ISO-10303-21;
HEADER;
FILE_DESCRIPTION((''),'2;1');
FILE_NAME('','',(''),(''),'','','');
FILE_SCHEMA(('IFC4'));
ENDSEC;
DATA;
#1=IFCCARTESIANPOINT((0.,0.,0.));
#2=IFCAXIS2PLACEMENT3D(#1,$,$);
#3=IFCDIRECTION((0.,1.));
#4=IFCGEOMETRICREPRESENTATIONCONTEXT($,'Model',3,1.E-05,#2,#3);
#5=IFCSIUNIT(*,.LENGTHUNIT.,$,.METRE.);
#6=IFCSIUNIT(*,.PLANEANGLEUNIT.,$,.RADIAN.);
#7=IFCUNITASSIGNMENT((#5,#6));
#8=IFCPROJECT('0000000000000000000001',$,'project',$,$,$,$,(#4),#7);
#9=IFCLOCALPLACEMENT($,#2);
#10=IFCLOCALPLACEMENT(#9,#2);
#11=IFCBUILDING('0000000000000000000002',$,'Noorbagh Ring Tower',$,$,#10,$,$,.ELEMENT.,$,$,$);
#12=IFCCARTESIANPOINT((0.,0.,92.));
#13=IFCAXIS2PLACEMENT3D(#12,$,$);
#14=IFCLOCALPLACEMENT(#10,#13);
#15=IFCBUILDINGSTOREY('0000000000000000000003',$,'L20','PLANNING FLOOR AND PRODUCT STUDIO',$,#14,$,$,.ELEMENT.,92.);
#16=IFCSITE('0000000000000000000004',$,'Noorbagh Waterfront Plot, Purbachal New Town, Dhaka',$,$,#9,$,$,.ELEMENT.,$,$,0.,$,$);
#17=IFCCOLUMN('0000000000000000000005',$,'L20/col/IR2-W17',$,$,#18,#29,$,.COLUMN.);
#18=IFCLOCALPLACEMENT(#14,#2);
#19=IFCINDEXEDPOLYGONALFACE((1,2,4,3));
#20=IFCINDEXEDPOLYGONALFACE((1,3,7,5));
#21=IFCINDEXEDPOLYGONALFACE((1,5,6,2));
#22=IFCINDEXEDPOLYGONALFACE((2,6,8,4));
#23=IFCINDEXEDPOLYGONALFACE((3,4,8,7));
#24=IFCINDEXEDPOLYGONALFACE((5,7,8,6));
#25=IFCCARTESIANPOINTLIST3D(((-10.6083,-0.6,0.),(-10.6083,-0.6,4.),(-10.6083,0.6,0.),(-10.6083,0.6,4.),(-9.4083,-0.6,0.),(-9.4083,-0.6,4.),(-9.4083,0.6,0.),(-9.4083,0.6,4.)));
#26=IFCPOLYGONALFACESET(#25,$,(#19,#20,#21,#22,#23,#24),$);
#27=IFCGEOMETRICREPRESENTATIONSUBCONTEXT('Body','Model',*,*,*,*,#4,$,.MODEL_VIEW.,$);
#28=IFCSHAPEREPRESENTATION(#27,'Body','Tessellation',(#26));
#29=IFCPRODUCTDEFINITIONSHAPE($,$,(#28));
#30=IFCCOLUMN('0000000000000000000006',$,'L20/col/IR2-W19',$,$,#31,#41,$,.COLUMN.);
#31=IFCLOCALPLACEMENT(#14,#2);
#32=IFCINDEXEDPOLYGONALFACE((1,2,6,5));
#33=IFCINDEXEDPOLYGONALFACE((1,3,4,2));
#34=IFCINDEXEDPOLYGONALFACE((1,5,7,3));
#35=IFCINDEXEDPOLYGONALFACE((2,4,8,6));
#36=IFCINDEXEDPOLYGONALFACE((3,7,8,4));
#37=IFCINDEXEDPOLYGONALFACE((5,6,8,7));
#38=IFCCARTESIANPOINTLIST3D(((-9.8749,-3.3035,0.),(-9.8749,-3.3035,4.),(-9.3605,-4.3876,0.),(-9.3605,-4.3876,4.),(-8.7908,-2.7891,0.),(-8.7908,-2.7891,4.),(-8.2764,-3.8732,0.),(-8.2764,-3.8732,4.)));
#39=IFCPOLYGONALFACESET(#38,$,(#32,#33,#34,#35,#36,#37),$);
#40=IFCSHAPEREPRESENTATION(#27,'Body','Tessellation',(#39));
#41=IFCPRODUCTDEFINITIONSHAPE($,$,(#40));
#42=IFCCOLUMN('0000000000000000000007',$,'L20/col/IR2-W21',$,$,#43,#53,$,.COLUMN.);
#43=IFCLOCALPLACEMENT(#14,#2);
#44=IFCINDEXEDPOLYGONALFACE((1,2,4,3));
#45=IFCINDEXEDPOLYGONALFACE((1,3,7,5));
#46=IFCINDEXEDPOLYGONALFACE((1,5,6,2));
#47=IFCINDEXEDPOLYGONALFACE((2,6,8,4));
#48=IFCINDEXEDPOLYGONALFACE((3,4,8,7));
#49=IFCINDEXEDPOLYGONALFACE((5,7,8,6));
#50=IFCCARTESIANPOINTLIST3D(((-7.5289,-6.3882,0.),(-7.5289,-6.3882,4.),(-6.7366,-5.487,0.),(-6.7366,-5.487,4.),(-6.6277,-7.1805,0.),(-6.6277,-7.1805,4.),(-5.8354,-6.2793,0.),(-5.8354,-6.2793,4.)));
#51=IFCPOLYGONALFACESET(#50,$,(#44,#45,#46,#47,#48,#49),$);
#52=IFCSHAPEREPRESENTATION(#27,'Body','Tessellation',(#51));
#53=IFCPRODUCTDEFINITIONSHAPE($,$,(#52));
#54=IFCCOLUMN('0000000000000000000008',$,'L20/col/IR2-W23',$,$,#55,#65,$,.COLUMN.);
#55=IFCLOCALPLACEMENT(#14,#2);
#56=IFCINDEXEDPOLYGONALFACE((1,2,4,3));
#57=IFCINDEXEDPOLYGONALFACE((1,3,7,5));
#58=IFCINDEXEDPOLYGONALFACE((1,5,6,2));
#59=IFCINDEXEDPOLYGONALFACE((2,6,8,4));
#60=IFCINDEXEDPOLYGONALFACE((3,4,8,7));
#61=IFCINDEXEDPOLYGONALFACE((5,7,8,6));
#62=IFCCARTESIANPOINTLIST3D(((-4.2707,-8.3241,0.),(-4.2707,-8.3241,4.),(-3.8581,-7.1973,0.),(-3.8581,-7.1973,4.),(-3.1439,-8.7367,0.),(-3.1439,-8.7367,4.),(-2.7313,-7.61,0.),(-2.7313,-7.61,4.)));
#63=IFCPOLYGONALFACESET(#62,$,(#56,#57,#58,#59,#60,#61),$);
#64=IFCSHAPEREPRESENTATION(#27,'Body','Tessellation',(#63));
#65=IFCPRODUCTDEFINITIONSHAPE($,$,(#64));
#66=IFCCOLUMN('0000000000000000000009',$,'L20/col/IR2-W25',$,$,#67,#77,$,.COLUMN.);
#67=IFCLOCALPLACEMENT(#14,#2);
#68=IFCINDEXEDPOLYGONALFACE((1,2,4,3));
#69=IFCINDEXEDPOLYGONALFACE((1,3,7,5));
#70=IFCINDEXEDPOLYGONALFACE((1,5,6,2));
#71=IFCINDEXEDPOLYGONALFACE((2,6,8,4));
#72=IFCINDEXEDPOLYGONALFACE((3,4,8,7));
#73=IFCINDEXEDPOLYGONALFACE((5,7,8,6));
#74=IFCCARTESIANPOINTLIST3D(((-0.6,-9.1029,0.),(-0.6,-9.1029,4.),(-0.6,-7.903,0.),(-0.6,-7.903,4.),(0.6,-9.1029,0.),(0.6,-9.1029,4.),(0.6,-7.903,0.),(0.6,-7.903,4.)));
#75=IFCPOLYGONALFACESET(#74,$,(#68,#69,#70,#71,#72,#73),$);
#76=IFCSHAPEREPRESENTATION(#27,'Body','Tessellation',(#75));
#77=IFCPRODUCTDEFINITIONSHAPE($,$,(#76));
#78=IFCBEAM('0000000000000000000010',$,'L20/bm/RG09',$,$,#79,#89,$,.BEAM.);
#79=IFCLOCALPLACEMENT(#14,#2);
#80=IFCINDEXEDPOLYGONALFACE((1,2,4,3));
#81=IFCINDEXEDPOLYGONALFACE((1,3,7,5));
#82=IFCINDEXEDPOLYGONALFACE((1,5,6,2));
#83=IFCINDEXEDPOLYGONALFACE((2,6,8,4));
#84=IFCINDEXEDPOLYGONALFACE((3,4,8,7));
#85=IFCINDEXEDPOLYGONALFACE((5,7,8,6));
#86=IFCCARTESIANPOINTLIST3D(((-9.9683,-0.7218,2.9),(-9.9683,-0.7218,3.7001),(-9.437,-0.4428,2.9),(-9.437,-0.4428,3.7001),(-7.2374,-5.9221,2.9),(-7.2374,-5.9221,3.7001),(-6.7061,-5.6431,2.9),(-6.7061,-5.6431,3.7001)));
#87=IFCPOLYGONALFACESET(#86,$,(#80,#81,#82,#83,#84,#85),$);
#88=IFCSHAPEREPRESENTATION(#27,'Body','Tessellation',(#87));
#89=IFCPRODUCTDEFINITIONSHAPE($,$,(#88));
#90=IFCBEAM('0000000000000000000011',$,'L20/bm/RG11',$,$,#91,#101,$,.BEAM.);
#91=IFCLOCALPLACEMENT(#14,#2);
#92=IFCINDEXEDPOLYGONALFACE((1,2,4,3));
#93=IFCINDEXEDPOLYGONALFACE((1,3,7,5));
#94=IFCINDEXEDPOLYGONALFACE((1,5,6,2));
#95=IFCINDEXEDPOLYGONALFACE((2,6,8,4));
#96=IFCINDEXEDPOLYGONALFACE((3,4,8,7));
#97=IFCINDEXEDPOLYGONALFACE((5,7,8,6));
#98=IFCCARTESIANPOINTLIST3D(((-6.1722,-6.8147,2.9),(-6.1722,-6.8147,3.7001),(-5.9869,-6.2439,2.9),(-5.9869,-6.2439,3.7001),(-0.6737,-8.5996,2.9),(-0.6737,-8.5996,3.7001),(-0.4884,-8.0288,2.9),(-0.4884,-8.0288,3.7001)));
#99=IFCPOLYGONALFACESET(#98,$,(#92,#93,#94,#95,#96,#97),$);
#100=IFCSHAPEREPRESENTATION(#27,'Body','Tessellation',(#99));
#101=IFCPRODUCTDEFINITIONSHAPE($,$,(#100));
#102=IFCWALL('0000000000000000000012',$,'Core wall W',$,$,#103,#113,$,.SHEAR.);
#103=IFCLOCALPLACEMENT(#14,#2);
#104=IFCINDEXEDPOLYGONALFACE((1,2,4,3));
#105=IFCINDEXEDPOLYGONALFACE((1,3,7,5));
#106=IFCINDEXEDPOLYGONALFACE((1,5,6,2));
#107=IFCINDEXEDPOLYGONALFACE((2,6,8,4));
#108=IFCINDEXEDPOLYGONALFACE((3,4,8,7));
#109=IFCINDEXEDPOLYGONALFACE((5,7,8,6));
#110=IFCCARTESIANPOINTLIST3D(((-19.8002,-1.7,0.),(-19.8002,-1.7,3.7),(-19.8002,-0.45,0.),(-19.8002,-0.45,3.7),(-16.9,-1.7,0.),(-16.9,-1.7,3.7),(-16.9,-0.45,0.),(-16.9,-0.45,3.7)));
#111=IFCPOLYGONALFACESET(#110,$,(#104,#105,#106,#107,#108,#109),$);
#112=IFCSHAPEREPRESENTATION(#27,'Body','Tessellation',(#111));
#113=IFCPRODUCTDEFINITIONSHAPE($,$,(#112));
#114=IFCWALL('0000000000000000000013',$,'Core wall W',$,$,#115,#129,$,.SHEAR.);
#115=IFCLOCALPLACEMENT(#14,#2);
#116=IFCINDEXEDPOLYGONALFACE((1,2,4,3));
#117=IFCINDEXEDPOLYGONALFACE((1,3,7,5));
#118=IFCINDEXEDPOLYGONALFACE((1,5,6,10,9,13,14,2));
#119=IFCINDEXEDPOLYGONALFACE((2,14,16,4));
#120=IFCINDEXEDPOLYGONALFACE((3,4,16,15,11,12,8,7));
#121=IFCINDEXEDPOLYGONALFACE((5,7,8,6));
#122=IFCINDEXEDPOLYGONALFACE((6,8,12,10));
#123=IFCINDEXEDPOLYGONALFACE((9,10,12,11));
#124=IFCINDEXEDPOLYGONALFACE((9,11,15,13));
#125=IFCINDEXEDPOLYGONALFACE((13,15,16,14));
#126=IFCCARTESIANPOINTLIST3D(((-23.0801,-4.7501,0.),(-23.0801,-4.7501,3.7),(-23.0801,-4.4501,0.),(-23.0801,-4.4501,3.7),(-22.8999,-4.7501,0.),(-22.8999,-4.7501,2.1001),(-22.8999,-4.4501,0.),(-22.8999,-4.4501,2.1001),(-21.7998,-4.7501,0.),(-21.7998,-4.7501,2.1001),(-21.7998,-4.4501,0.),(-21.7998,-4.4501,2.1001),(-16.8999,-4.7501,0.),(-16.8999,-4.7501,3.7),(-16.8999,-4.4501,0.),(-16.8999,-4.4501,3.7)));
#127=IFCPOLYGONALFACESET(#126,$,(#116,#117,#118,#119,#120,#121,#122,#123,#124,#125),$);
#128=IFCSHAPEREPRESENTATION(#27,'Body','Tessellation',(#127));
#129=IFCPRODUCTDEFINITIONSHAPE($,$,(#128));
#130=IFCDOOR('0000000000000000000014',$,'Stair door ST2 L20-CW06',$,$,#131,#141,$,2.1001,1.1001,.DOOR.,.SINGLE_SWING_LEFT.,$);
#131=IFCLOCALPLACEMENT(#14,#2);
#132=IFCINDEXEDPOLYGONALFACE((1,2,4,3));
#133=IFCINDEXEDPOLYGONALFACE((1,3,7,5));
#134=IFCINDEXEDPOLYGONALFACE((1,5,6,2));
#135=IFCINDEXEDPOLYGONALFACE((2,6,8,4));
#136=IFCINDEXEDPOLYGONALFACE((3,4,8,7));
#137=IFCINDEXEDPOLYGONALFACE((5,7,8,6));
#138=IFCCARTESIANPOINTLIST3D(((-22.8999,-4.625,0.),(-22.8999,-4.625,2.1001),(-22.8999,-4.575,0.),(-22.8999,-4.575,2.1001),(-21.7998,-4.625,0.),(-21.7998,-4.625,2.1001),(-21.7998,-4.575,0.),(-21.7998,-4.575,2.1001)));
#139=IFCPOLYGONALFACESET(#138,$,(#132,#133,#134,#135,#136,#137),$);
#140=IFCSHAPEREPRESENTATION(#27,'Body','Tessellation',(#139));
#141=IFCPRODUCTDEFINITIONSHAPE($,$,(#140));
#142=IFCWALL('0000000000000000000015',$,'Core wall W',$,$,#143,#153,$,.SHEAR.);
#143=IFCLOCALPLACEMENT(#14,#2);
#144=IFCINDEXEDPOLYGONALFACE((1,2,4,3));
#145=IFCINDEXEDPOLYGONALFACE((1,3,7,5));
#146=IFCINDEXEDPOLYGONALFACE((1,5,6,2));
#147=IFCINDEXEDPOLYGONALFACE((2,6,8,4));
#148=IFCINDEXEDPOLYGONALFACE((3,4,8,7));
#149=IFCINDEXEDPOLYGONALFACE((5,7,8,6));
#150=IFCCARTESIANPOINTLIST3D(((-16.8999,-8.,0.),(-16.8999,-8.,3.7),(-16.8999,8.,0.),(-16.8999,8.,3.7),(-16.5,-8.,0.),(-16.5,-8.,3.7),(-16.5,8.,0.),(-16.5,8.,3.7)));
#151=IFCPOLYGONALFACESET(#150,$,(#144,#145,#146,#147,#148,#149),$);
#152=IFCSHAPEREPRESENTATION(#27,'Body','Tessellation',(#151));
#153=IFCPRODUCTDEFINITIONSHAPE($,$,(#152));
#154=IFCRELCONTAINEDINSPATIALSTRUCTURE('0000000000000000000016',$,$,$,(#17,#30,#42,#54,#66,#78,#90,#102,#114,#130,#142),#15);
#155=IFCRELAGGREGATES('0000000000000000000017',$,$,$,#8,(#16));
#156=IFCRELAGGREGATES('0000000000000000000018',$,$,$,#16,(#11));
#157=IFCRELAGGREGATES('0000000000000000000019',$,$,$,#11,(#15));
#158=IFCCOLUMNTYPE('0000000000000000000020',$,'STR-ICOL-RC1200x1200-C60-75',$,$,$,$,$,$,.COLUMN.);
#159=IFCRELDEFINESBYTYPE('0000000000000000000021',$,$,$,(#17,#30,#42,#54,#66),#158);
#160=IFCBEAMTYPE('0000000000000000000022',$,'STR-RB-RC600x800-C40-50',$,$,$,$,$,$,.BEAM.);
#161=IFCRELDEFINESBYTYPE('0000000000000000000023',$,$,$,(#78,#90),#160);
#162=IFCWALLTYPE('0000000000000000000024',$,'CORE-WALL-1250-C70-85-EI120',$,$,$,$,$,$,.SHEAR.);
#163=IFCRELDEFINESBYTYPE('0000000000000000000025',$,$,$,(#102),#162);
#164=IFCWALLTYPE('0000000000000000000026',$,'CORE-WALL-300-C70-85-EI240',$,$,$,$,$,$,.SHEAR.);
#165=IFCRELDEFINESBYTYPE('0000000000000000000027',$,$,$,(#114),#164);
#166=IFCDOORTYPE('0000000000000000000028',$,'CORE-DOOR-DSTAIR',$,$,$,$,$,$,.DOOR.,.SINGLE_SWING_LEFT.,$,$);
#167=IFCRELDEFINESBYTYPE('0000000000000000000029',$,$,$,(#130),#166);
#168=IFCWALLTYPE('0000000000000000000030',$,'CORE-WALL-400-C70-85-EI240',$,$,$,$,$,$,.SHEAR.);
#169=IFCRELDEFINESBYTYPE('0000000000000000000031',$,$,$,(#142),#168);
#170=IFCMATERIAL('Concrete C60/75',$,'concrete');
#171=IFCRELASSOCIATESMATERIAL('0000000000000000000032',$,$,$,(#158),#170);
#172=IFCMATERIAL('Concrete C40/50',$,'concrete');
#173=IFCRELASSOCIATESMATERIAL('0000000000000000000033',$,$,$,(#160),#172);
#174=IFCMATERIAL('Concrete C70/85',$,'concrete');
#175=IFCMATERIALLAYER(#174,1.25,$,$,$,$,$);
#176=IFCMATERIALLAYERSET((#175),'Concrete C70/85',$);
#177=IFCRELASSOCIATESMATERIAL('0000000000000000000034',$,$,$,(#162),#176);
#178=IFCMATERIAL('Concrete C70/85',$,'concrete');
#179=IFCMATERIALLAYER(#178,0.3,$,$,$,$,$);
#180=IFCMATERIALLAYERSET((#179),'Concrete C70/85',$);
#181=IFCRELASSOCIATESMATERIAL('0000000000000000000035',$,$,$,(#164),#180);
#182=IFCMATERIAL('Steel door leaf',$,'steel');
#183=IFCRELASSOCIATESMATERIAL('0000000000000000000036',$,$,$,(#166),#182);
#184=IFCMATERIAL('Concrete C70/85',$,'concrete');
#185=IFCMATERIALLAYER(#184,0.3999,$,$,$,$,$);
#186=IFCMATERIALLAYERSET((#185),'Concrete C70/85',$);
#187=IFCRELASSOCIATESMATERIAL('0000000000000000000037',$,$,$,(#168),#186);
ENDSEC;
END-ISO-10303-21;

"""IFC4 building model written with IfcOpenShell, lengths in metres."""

from ifc_helpers import new_model, si_unit, direction, frame, frame_2d, origin, origin_2d, place, context, subcontext, project, spatial, rectangle, extrude, material, layer, layer_set, material_profile, profile_set, type_object, element, fill, save


model = new_model("IFC4")

# Units and contexts
model_context = context("Model", 3, precision=1e-05, world=origin(), true_north=direction((0.0, 1.0)))
body_context = subcontext(model_context, "Body", "Model", "MODEL_VIEW")
ifc_project = project(units=[si_unit("LENGTHUNIT", "METRE"), si_unit("PLANEANGLEUNIT", "RADIAN")], contexts=[model_context])

# Site, building, storey
site_placement = place(None, origin())
site = spatial("IfcSite", under=ifc_project, at=site_placement, Name="Noorbagh Waterfront Plot, Purbachal New Town, Dhaka", CompositionType="ELEMENT", RefElevation=0.0)
building_placement = place(site_placement, origin())
building = spatial("IfcBuilding", under=site, at=building_placement, Name="Noorbagh Ring Tower", CompositionType="ELEMENT")
storey_placement = place(building_placement, frame((0.0, 0.0, 92.0)))
storey = spatial("IfcBuildingStorey", under=building, at=storey_placement, Name="L20", Description="PLANNING FLOOR AND PRODUCT STUDIO", CompositionType="ELEMENT", Elevation=92.0)

# Columns
ifc_material_1 = material(Name="Concrete C60/75", Category="concrete")
ifc_material_profile_1 = material_profile(ifc_material_1, rectangle(XDim=1.2, YDim=1.2, at=origin_2d()), Name="RC1200x1200")
ifc_profile_set_1 = profile_set([ifc_material_profile_1], Name="Concrete C60/75")
column_type = type_object("IfcColumnType", Name="STR-ICOL-RC1200x1200-C60-75", PredefinedType="COLUMN", material=ifc_profile_set_1)
for number, where, z_axis, x_axis, name in (
    (1, (-10.0083, 0.0, 0.0), (0.0, 0.0, 1.0), (0.0, -1.0, 0.0), "L20/col/IR2-W17"),
    (2, (-9.0757, -3.5884, 0.0), (0.0, 0.0, 1.0), (0.428667, -0.903463, 0.0), "L20/col/IR2-W19"),
    (3, (-6.6821, -6.3337, 0.0), (0.0, 0.0, 1.0), (0.751022, -0.660277, 0.0), "L20/col/IR2-W21"),
    (4, (-3.501, -7.967, 0.0), (0.0, 0.0, 1.0), (0.93902, -0.343864, 0.0), "L20/col/IR2-W23"),
    (5, (0.0, -8.5029, 0.0), (0.0, 0.0, 1.0), (1.0, 0.0, 0.0), "L20/col/IR2-W25"),
):
    element("IfcColumn", number, at=place(storey_placement, frame(where, z_axis=z_axis, x_axis=x_axis)), inside=storey, type_object=column_type, Name=name, PredefinedType="COLUMN", context=body_context, shape_type="SweptSolid", body=[
        extrude(rectangle(XDim=1.2, YDim=1.2, at=origin_2d()), origin(), (0.0, 0.0, 1.0), 4.0),
    ])

# Beams
ifc_material_2 = material(Name="Concrete C40/50", Category="concrete")
ifc_material_profile_2 = material_profile(ifc_material_2, rectangle(XDim=0.6001, YDim=0.8, at=origin_2d()), Name="RC600x800")
ifc_profile_set_2 = profile_set([ifc_material_profile_2], Name="Concrete C40/50")
beam_type = type_object("IfcBeamType", Name="STR-RB-RC600x800-C40-50", PredefinedType="BEAM", material=ifc_profile_set_2)
beam_1_placement = place(storey_placement, frame((-9.7026, -0.5823, 3.3), z_axis=(0.464931, -0.885347, 0.0), x_axis=(0.885347, 0.464931, 0.0)))
element("IfcBeam", 6, at=beam_1_placement, inside=storey, type_object=beam_type, Name="L20/bm/RG09", PredefinedType="BEAM", context=body_context, shape_type="SweptSolid", body=[
    extrude(rectangle(XDim=0.6001, YDim=0.8, at=origin_2d()), origin(), (0.0, 0.0, 1.0), 5.8738),
])
beam_2_placement = place(storey_placement, frame((-6.0796, -6.5293, 3.3), z_axis=(0.951141, -0.308756, 0.0), x_axis=(0.308756, 0.951141, 0.0)))
element("IfcBeam", 7, at=beam_2_placement, inside=storey, type_object=beam_type, Name="L20/bm/RG11", PredefinedType="BEAM", context=body_context, shape_type="SweptSolid", body=[
    extrude(rectangle(XDim=0.6001, YDim=0.8, at=origin_2d()), origin(), (0.0, 0.0, 1.0), 5.781),
])

# Wall
ifc_material_3 = material(Name="Concrete C70/85", Category="concrete")
ifc_layer_1 = layer(ifc_material_3, 1.25)
ifc_layer_set_1 = layer_set([ifc_layer_1], Name="Concrete C70/85")
wall_type_1 = type_object("IfcWallType", Name="CORE-WALL-1250-C70-85-EI120", PredefinedType="SHEAR", material=ifc_layer_set_1)
wall_1_placement = place(storey_placement, frame((-16.8999, -1.075, 0.0), z_axis=(0.0, 0.0, 1.0), x_axis=(-1.0, 0.0, 0.0)))
element("IfcWall", 8, at=wall_1_placement, inside=storey, type_object=wall_type_1, Name="Core wall W", PredefinedType="SHEAR", context=body_context, shape_type="SweptSolid", body=[
    extrude(rectangle(XDim=2.9001, YDim=1.25, at=frame_2d((1.4502, 0.0))), origin(), (0.0, 0.0, 1.0), 3.7),
])

# Wall, opening, door
ifc_material_4 = material(Name="Concrete C70/85", Category="concrete")
ifc_layer_2 = layer(ifc_material_4, 0.3)
ifc_layer_set_2 = layer_set([ifc_layer_2], Name="Concrete C70/85")
wall_type_2 = type_object("IfcWallType", Name="CORE-WALL-300-C70-85-EI240", PredefinedType="SHEAR", material=ifc_layer_set_2)
wall_2_placement = place(storey_placement, frame((-16.8999, -4.6001, 0.0), z_axis=(0.0, 0.0, 1.0), x_axis=(-1.0, 0.0, 0.0)))
wall_2 = element("IfcWall", 9, at=wall_2_placement, inside=storey, type_object=wall_type_2, Name="Core wall W", PredefinedType="SHEAR", context=body_context, shape_type="SweptSolid", body=[
    extrude(rectangle(XDim=6.1802, YDim=0.3, at=frame_2d((3.0901, 0.0))), origin(), (0.0, 0.0, 1.0), 3.7),
])
opening_1_placement = place(wall_2_placement, frame((4.8999, 0.0, 0.0)))
opening_1 = element("IfcOpeningElement", 10, at=opening_1_placement, cuts=wall_2, PredefinedType="OPENING", context=body_context, shape_type="SweptSolid", body=[
    extrude(rectangle(XDim=1.1001, YDim=2.1001, at=frame_2d((0.55, 1.05))), frame((0.0, 0.1602, 0.0), z_axis=(0.0, -1.0, 0.0), x_axis=(1.0, 0.0, 0.0)), (0.0, 0.0, 1.0), 0.3201),
])
ifc_material_5 = material(Name="Steel door leaf", Category="steel")
door_type_1 = type_object("IfcDoorType", Name="CORE-DOOR-DSTAIR", OperationType="SINGLE_SWING_LEFT", PredefinedType="DOOR", material=ifc_material_5)
door_1_placement = place(opening_1_placement, origin())
door_1 = element("IfcDoor", 11, at=door_1_placement, inside=storey, type_object=door_type_1, Name="Stair door ST2 L20-CW06", OperationType="SINGLE_SWING_LEFT", OverallHeight=2.1001, OverallWidth=1.1001, PredefinedType="DOOR", context=body_context, shape_type="SweptSolid", body=[
    extrude(rectangle(XDim=1.1001, YDim=2.1001, at=frame_2d((0.55, 1.05))), frame((0.0, 0.0249, 0.0), z_axis=(0.0, -1.0, 0.0), x_axis=(1.0, 0.0, 0.0)), (0.0, 0.0, 1.0), 0.05),
])
fill(opening_1, door_1)

# Wall
ifc_material_6 = material(Name="Concrete C70/85", Category="concrete")
ifc_layer_3 = layer(ifc_material_6, 0.3999)
ifc_layer_set_3 = layer_set([ifc_layer_3], Name="Concrete C70/85")
wall_type_3 = type_object("IfcWallType", Name="CORE-WALL-400-C70-85-EI240", PredefinedType="SHEAR", material=ifc_layer_set_3)
wall_3_placement = place(storey_placement, frame((-16.7, -8.0, 0.0), z_axis=(0.0, 0.0, 1.0), x_axis=(0.0, 1.0, 0.0)))
element("IfcWall", 12, at=wall_3_placement, inside=storey, type_object=wall_type_3, Name="Core wall W", PredefinedType="SHEAR", context=body_context, shape_type="SweptSolid", body=[
    extrude(rectangle(XDim=16.0, YDim=0.3999, at=frame_2d((8.0, 0.0))), origin(), (0.0, 0.0, 1.0), 3.7),
])

save(model, "model.ifc")
